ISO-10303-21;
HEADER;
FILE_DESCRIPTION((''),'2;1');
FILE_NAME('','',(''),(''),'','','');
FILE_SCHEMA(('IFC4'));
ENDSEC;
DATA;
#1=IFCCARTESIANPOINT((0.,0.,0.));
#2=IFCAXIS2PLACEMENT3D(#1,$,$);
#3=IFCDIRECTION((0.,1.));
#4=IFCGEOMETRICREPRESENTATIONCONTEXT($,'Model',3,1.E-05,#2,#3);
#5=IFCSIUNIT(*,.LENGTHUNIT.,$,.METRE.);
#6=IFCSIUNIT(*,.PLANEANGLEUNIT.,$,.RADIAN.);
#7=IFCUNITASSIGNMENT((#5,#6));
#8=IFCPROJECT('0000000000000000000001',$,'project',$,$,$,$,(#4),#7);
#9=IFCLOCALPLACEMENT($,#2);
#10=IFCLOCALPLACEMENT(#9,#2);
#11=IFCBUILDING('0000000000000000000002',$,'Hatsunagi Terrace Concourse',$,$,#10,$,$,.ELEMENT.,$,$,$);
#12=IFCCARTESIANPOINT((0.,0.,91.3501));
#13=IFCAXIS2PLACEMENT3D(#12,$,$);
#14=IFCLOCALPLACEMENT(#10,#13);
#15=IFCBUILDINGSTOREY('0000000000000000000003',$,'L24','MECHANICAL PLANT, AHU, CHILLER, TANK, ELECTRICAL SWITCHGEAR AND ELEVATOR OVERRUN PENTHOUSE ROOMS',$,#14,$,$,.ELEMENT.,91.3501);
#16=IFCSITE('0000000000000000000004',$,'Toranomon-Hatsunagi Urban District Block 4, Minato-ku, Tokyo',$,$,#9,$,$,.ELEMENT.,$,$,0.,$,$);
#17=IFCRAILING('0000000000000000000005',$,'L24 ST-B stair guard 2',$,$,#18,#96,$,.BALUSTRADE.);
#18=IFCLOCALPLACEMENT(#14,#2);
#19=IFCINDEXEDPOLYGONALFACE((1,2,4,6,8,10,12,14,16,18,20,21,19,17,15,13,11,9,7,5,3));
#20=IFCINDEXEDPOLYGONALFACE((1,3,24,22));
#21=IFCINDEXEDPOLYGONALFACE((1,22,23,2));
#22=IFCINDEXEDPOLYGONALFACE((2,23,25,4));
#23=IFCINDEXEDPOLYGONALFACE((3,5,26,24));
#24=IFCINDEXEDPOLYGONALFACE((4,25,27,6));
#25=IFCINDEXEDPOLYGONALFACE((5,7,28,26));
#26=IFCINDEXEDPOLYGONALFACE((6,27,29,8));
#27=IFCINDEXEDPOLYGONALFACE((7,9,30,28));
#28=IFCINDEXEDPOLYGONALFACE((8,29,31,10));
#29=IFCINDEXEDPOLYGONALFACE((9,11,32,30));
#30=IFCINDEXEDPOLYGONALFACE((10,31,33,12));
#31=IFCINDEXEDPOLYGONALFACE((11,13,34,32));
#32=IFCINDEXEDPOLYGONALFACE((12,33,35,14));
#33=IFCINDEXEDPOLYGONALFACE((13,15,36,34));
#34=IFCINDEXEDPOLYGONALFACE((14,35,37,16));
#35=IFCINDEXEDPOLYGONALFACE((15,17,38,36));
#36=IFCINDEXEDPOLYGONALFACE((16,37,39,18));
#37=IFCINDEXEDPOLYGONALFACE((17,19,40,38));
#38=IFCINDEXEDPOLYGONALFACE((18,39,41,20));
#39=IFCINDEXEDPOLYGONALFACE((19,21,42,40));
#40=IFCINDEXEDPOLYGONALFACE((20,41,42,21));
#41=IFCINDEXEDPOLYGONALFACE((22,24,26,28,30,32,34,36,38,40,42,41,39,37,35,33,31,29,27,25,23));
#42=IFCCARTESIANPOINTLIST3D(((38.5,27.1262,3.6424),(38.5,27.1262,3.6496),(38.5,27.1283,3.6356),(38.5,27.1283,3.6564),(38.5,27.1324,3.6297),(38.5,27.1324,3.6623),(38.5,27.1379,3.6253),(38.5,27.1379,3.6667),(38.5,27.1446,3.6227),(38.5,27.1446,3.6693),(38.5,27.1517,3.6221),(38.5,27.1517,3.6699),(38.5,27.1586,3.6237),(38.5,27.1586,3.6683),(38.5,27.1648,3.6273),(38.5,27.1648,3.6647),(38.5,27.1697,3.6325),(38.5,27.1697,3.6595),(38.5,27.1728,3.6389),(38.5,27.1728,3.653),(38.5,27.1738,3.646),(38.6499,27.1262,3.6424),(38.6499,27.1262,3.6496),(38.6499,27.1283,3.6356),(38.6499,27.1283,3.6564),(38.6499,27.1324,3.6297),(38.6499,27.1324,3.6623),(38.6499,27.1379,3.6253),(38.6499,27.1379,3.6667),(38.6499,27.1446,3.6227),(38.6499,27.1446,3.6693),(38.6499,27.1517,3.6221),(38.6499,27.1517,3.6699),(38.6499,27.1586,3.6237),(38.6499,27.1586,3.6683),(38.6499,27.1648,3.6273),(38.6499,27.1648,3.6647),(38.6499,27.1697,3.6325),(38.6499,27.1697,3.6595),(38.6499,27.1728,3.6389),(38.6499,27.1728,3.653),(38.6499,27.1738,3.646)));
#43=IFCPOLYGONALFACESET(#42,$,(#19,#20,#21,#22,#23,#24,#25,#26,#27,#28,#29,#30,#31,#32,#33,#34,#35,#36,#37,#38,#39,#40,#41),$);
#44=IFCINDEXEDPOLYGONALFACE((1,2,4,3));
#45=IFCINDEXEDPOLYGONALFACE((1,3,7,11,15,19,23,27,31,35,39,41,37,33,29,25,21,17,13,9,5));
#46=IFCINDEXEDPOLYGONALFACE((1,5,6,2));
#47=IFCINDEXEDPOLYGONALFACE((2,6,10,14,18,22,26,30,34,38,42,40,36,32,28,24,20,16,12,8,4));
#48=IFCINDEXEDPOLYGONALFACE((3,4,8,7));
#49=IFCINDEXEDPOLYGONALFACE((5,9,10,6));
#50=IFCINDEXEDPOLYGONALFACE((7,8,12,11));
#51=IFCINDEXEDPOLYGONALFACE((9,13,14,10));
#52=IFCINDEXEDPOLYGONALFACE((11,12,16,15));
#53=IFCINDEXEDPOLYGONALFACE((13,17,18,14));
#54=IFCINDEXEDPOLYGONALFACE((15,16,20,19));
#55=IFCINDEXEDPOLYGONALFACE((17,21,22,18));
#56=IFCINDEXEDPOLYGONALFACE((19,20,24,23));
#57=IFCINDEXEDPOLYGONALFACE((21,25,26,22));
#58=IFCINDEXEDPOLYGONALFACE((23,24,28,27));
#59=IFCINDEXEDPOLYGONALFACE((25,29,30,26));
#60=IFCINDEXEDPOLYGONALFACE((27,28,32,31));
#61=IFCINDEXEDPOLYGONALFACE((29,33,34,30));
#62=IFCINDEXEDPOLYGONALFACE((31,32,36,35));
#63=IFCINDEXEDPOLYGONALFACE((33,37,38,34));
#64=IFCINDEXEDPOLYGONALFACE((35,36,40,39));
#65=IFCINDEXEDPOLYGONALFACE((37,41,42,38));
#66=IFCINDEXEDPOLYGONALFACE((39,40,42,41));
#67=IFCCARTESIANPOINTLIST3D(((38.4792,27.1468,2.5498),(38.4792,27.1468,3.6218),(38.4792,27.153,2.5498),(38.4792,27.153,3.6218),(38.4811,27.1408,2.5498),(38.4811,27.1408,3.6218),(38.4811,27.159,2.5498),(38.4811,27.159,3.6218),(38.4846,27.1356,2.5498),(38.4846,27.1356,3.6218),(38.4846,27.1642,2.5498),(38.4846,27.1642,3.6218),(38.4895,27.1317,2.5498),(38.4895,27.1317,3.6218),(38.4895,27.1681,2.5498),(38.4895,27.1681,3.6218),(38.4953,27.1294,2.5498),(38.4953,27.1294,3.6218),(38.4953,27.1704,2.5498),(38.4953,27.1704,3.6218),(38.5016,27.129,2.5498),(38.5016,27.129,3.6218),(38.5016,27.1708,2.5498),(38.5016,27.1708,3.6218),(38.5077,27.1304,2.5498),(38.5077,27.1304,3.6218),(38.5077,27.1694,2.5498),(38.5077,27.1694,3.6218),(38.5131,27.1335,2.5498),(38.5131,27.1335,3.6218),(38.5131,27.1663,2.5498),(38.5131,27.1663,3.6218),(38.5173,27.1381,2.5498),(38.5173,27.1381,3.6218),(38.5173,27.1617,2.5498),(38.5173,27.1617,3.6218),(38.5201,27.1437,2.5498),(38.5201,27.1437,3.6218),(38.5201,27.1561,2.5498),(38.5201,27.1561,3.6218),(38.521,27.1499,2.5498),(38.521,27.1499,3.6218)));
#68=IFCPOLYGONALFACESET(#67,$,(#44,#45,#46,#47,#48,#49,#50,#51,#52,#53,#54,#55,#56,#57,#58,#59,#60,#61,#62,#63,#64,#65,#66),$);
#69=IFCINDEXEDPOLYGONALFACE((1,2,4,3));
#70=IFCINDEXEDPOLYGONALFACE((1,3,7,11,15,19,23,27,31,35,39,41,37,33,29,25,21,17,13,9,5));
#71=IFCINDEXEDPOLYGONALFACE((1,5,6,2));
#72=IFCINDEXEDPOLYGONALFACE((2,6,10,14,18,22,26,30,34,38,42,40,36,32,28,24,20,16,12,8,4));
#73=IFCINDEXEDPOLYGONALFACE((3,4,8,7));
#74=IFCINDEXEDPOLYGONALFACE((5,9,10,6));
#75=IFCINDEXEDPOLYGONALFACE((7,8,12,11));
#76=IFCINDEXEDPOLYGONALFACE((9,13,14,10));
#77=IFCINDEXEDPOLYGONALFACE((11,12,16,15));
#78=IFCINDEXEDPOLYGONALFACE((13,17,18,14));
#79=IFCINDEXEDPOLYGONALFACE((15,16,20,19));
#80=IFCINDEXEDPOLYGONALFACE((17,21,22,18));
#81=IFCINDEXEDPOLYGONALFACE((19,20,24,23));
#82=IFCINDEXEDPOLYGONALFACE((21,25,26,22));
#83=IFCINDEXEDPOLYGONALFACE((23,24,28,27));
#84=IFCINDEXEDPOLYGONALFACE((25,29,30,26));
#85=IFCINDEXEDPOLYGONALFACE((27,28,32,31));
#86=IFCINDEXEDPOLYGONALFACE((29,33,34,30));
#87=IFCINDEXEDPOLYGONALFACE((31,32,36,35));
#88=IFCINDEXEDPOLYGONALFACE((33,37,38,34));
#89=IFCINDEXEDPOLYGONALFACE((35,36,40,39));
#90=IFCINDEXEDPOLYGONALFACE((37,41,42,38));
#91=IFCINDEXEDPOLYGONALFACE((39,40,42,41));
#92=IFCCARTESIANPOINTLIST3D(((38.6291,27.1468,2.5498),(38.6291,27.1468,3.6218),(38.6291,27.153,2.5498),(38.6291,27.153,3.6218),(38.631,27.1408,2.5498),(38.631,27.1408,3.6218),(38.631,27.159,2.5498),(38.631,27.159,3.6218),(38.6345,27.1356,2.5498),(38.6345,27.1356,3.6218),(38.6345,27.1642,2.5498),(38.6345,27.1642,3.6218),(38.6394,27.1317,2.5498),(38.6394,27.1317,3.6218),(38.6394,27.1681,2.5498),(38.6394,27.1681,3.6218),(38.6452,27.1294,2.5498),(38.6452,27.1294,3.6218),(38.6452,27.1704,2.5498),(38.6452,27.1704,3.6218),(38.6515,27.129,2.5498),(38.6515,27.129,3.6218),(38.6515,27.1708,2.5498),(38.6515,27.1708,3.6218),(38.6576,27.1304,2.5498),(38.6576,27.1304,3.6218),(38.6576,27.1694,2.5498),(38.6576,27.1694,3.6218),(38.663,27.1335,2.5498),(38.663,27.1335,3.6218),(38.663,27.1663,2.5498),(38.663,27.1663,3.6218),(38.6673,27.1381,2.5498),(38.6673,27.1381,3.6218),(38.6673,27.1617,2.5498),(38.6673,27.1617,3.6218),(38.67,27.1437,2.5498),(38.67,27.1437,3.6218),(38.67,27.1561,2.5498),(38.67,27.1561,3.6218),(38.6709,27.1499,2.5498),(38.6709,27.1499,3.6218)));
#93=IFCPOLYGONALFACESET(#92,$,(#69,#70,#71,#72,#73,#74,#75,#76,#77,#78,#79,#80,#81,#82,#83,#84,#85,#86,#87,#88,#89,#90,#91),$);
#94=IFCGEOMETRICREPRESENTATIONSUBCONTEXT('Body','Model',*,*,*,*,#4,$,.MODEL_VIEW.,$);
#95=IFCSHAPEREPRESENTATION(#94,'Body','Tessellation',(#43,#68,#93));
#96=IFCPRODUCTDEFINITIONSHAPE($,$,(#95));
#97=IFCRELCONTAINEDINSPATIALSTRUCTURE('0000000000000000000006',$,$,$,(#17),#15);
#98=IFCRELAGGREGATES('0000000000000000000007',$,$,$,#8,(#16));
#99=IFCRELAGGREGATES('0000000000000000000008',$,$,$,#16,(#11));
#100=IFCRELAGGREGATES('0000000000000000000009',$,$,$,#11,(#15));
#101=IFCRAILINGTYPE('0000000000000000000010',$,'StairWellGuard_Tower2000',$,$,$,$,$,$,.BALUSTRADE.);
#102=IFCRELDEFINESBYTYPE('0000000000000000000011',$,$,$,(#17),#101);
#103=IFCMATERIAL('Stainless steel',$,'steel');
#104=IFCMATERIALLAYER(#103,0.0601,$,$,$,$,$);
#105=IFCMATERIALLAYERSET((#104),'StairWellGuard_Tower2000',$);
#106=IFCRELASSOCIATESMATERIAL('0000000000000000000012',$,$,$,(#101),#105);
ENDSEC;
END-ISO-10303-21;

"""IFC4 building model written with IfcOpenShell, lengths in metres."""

from ifc_helpers import new_model, si_unit, direction, frame, origin, origin_2d, place, context, subcontext, project, spatial, circle, extrude, material, layer, layer_set, type_object, element, save


model = new_model("IFC4")

# Units and contexts
model_context = context("Model", 3, precision=1e-05, world=origin(), true_north=direction((0.0, 1.0)))
body_context = subcontext(model_context, "Body", "Model", "MODEL_VIEW")
ifc_project = project(units=[si_unit("LENGTHUNIT", "METRE"), si_unit("PLANEANGLEUNIT", "RADIAN")], contexts=[model_context])

# Site, building, storey
site_placement = place(None, origin())
site = spatial("IfcSite", under=ifc_project, at=site_placement, Name="Toranomon-Hatsunagi Urban District Block 4, Minato-ku, Tokyo", CompositionType="ELEMENT", RefElevation=0.0)
building_placement = place(site_placement, origin())
building = spatial("IfcBuilding", under=site, at=building_placement, Name="Hatsunagi Terrace Concourse", CompositionType="ELEMENT")
storey_placement = place(building_placement, frame((0.0, 0.0, 91.3501)))
storey = spatial("IfcBuildingStorey", under=building, at=storey_placement, Name="L24", Description="MECHANICAL PLANT, AHU, CHILLER, TANK, ELECTRICAL SWITCHGEAR AND ELEVATOR OVERRUN PENTHOUSE ROOMS", CompositionType="ELEMENT", Elevation=91.3501)

# Railing
ifc_material_1 = material(Name="Stainless steel", Category="steel")
ifc_layer_1 = layer(ifc_material_1, 0.0601)
ifc_layer_set_1 = layer_set([ifc_layer_1], Name="StairWellGuard_Tower2000")
railing_type_1 = type_object("IfcRailingType", Name="StairWellGuard_Tower2000", PredefinedType="BALUSTRADE", material=ifc_layer_set_1)
railing_1_placement = place(storey_placement, frame((38.5, 27.1499, 2.5498)))
element("IfcRailing", 1, at=railing_1_placement, inside=storey, type_object=railing_type_1, Name="L24 ST-B stair guard 2", PredefinedType="BALUSTRADE", context=body_context, shape_type="SweptSolid", body=[
    extrude(circle(Radius=0.0239, at=origin_2d()), frame((0.0, 0.0, 1.0962), z_axis=(1.0, 0.0, 0.0), x_axis=(0.0, 1.0, 0.0)), (0.0, 0.0, 1.0), 0.1499),
    extrude(circle(Radius=0.021, at=origin_2d()), origin(), (0.0, 0.0, 1.0), 1.072),
    extrude(circle(Radius=0.021, at=origin_2d()), frame((0.1499, 0.0, 0.0)), (0.0, 0.0, 1.0), 1.072),
])

save(model, "model.ifc")
